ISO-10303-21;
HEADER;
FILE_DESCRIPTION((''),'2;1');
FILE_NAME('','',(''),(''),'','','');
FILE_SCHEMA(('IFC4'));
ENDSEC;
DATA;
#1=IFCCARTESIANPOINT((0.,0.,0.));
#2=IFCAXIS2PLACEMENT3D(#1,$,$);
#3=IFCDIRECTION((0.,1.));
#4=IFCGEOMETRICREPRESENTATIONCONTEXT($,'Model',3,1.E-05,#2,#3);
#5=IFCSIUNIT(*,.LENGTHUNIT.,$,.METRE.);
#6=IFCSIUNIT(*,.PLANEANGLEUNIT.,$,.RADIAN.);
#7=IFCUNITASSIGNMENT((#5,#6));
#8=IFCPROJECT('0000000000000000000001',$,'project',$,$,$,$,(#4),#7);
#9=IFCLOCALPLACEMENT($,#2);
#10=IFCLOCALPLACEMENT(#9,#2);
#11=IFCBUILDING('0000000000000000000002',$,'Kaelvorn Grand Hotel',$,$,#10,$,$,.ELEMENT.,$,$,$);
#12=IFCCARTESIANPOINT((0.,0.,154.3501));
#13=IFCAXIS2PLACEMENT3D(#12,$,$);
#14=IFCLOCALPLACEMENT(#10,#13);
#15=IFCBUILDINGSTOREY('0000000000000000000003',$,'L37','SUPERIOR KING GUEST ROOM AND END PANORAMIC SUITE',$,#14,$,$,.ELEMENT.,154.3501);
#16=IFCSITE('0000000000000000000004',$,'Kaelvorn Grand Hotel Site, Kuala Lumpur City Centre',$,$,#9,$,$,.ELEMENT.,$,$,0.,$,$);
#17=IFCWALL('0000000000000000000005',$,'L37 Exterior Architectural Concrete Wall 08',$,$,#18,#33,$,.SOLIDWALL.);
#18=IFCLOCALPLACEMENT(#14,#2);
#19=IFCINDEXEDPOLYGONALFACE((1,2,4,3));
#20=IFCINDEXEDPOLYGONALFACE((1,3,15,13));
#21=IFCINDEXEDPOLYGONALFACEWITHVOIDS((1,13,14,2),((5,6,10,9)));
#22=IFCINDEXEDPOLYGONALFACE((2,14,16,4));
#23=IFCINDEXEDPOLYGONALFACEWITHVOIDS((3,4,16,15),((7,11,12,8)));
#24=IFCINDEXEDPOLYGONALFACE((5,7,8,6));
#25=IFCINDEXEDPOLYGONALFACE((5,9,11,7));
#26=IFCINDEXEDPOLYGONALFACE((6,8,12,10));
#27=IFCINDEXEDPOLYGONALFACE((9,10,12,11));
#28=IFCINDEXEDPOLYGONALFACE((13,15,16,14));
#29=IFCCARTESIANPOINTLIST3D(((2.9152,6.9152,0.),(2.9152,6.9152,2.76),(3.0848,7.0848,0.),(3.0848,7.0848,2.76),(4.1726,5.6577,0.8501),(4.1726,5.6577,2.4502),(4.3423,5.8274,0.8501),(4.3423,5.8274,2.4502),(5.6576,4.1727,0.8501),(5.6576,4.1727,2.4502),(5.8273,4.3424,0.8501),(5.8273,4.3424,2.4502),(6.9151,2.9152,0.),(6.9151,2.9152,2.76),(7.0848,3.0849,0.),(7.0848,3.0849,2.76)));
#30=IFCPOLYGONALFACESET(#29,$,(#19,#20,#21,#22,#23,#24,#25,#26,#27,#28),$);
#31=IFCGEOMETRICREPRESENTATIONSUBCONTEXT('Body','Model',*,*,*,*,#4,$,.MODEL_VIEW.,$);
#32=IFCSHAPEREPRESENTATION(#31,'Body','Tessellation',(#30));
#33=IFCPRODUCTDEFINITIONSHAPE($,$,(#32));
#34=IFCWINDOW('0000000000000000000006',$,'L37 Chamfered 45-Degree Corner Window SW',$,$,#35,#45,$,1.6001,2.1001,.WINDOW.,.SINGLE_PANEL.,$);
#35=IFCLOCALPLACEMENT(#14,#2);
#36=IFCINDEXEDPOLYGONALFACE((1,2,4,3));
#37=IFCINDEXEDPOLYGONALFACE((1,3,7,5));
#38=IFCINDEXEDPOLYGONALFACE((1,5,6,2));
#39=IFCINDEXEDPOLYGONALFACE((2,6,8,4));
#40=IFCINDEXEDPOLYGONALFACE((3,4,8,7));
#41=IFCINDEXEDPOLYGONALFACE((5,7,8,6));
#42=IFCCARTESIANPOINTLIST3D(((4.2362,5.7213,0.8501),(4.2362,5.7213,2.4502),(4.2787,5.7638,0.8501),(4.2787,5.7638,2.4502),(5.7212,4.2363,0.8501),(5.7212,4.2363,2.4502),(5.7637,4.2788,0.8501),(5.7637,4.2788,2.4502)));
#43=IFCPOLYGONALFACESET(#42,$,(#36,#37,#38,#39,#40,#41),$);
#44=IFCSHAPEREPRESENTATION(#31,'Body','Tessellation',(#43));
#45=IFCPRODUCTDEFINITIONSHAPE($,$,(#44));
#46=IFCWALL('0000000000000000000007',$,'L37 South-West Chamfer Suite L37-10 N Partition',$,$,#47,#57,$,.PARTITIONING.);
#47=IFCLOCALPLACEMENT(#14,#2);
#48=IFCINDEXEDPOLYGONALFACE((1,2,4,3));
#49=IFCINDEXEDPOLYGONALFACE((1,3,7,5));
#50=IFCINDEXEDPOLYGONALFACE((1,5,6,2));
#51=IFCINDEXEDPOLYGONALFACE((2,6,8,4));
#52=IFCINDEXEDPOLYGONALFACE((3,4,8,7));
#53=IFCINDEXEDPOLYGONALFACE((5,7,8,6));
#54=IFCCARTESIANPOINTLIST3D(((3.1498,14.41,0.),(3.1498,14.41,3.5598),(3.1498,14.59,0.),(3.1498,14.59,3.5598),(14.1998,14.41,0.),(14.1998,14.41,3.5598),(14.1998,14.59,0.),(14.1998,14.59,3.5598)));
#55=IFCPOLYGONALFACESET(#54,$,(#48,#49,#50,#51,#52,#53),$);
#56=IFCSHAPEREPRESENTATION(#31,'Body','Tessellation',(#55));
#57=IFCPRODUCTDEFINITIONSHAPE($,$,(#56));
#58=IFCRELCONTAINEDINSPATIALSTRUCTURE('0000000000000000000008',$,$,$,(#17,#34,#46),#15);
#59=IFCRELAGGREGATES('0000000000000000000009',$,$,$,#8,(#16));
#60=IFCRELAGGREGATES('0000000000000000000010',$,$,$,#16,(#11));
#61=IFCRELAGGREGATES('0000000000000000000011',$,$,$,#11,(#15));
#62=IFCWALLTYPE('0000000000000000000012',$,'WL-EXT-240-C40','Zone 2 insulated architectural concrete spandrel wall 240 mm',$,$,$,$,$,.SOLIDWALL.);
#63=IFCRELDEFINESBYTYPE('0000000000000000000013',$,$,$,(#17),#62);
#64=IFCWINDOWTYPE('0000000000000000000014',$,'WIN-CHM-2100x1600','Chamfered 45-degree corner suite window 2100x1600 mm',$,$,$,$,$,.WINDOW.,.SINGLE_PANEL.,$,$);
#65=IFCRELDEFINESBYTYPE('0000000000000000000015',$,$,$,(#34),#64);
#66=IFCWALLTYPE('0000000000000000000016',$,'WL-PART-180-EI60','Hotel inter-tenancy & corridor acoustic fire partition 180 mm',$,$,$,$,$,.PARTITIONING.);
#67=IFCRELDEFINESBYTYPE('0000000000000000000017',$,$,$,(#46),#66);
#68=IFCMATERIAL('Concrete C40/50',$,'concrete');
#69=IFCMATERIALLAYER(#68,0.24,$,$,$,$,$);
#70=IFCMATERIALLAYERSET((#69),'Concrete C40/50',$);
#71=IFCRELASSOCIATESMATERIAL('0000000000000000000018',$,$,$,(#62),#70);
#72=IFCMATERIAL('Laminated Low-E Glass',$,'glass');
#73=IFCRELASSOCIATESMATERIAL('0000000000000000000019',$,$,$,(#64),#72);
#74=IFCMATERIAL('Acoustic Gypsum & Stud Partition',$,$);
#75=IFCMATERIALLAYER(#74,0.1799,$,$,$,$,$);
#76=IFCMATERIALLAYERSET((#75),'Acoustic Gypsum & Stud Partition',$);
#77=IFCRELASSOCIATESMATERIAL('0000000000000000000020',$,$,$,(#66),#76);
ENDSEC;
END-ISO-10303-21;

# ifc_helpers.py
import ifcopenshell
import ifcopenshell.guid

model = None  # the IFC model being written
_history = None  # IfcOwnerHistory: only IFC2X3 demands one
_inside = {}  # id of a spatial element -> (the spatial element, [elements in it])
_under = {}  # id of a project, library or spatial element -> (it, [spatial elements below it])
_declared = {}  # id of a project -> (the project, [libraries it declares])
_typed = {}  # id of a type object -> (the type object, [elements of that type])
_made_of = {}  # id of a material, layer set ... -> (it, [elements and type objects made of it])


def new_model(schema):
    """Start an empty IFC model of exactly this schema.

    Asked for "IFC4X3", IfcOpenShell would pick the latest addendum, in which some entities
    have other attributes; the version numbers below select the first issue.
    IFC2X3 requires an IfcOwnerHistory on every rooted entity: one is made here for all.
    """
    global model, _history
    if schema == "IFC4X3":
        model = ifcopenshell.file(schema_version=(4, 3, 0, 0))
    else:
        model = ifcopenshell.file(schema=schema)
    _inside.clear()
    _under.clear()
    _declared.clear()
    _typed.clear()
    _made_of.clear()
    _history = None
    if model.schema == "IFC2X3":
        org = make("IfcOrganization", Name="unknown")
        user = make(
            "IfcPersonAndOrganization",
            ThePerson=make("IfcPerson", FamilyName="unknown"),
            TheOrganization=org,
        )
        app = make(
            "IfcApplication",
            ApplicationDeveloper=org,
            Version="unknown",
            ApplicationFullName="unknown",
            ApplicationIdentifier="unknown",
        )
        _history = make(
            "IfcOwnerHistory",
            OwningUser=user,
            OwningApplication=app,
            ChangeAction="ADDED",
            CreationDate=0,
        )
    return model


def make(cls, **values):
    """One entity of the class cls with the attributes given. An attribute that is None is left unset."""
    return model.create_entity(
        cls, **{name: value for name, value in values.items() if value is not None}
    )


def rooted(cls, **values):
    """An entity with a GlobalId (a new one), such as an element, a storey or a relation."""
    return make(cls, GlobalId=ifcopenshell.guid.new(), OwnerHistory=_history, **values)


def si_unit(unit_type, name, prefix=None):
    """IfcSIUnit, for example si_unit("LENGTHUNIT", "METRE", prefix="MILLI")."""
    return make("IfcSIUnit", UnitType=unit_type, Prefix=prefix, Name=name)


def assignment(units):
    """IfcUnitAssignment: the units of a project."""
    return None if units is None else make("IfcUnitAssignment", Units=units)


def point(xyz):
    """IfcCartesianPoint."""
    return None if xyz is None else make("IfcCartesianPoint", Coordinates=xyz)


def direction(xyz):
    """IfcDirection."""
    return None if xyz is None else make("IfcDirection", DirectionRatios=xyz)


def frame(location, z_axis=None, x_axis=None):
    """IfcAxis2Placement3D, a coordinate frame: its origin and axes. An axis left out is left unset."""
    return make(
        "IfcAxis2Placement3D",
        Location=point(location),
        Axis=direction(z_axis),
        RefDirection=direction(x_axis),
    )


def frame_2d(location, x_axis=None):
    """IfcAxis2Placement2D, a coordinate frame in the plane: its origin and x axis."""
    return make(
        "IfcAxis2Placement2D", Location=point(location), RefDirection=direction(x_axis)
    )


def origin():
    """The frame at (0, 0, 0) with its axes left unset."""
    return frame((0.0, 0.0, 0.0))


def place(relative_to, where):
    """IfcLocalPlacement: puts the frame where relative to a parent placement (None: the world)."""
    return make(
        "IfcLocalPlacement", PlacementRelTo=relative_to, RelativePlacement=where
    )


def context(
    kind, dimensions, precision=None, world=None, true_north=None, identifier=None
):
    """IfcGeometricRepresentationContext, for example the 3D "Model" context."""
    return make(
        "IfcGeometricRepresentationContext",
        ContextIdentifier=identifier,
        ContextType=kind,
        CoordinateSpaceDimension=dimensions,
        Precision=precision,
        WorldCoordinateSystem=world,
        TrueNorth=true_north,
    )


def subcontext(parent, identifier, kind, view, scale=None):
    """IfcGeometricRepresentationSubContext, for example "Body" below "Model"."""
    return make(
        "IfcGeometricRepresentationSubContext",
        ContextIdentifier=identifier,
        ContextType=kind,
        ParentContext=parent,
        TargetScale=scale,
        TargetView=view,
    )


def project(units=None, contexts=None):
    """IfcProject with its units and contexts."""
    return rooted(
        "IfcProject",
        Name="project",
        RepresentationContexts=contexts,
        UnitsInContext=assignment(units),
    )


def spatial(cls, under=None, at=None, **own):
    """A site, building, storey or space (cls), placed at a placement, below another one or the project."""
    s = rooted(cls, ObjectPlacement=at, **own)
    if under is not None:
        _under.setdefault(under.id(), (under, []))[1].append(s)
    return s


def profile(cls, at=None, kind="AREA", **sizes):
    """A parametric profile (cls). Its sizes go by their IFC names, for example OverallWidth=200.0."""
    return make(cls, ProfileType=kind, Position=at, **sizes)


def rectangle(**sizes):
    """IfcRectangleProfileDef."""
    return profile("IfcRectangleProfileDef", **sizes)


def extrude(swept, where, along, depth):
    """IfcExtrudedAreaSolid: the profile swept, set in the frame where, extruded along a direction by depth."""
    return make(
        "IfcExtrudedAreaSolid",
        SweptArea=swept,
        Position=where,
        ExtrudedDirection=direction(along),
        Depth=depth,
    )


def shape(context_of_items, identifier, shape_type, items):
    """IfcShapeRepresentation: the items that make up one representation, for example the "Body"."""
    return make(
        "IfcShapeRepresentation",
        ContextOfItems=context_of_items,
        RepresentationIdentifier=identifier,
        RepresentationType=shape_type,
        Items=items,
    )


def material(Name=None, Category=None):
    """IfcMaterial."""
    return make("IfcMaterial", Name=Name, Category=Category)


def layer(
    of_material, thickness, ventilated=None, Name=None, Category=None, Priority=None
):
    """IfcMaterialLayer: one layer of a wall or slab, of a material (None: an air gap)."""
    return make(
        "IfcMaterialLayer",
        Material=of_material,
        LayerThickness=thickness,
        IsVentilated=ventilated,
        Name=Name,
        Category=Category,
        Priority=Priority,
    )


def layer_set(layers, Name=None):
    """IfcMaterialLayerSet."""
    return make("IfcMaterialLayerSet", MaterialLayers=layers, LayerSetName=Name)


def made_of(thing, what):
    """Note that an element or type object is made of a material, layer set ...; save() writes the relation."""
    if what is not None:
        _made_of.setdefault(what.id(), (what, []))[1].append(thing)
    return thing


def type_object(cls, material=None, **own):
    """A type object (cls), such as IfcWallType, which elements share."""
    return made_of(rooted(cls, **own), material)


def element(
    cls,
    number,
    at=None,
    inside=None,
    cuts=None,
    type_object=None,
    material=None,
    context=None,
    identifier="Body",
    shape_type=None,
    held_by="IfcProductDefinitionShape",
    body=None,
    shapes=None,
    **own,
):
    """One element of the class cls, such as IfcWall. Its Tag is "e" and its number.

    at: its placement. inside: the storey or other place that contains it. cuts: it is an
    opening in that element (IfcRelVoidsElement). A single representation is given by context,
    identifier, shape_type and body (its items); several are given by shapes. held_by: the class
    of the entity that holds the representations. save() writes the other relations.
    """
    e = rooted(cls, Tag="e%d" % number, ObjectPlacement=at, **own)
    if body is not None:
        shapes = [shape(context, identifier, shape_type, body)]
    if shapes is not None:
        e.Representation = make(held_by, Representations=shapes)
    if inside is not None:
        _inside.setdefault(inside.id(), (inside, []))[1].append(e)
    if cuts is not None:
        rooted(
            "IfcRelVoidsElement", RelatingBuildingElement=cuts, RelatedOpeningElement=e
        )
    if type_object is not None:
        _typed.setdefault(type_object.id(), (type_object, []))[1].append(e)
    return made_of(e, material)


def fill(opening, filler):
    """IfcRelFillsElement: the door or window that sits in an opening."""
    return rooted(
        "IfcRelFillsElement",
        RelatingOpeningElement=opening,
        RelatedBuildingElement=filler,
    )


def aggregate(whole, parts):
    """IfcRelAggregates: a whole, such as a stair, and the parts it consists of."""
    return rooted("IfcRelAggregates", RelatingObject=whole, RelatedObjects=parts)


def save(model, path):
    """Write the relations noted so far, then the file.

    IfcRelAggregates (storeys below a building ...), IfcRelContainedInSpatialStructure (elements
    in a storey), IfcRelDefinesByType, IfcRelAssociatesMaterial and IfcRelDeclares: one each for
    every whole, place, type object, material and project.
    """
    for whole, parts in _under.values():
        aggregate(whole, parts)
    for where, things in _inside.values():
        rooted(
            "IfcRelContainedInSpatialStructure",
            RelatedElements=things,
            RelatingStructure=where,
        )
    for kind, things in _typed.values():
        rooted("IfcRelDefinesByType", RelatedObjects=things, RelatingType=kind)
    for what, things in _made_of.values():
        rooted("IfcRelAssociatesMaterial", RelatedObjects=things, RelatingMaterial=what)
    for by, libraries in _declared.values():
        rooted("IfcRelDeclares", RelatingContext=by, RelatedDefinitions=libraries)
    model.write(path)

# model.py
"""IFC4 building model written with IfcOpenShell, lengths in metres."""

from ifc_helpers import new_model, si_unit, direction, frame, frame_2d, origin, place, context, subcontext, project, spatial, rectangle, extrude, material, layer, layer_set, type_object, element, fill, save


model = new_model("IFC4")

# Units and contexts
model_context = context("Model", 3, precision=1e-05, world=origin(), true_north=direction((0.0, 1.0)))
body_context = subcontext(model_context, "Body", "Model", "MODEL_VIEW")
ifc_project = project(units=[si_unit("LENGTHUNIT", "METRE"), si_unit("PLANEANGLEUNIT", "RADIAN")], contexts=[model_context])

# Site, building, storey
site_placement = place(None, origin())
site = spatial("IfcSite", under=ifc_project, at=site_placement, Name="Kaelvorn Grand Hotel Site, Kuala Lumpur City Centre", CompositionType="ELEMENT", RefElevation=0.0)
building_placement = place(site_placement, origin())
building = spatial("IfcBuilding", under=site, at=building_placement, Name="Kaelvorn Grand Hotel", CompositionType="ELEMENT")
storey_placement = place(building_placement, frame((0.0, 0.0, 154.3501)))
storey = spatial("IfcBuildingStorey", under=building, at=storey_placement, Name="L37", Description="SUPERIOR KING GUEST ROOM AND END PANORAMIC SUITE", CompositionType="ELEMENT", Elevation=154.3501)

# Wall, opening, window
ifc_material_1 = material(Name="Concrete C40/50", Category="concrete")
ifc_layer_1 = layer(ifc_material_1, 0.24)
ifc_layer_set_1 = layer_set([ifc_layer_1], Name="Concrete C40/50")
wall_type_1 = type_object("IfcWallType", Name="WL-EXT-240-C40", Description="Zone 2 insulated architectural concrete spandrel wall 240 mm", PredefinedType="SOLIDWALL", material=ifc_layer_set_1)
wall_1_placement = place(storey_placement, frame((3.0, 7.0, 0.0), z_axis=(0.0, 0.0, 1.0), x_axis=(0.707107, -0.707107, 0.0)))
wall_1 = element("IfcWall", 1, at=wall_1_placement, inside=storey, type_object=wall_type_1, Name="L37 Exterior Architectural Concrete Wall 08", PredefinedType="SOLIDWALL", context=body_context, shape_type="SweptSolid", body=[
    extrude(rectangle(XDim=5.6567, YDim=0.24, at=frame_2d((2.8284, 0.0))), origin(), (0.0, 0.0, 1.0), 2.76),
])
opening_placement = place(wall_1_placement, frame((1.7783, 0.0, 0.8501)))
opening = element("IfcOpeningElement", 2, at=opening_placement, cuts=wall_1, PredefinedType="OPENING", context=body_context, shape_type="SweptSolid", body=[
    extrude(rectangle(XDim=2.1001, YDim=1.6001, at=frame_2d((1.05, 0.8))), frame((0.0, 0.1299, 0.0), z_axis=(0.0, -1.0, 0.0), x_axis=(1.0, 0.0, 0.0)), (0.0, 0.0, 1.0), 0.26),
])
ifc_material_2 = material(Name="Laminated Low-E Glass", Category="glass")
window_type = type_object("IfcWindowType", Name="WIN-CHM-2100x1600", Description="Chamfered 45-degree corner suite window 2100x1600 mm", PartitioningType="SINGLE_PANEL", PredefinedType="WINDOW", material=ifc_material_2)
window_placement = place(opening_placement, origin())
window = element("IfcWindow", 3, at=window_placement, inside=storey, type_object=window_type, Name="L37 Chamfered 45-Degree Corner Window SW", OverallHeight=1.6001, OverallWidth=2.1001, PartitioningType="SINGLE_PANEL", PredefinedType="WINDOW", context=body_context, shape_type="SweptSolid", body=[
    extrude(rectangle(XDim=2.1001, YDim=1.6001, at=frame_2d((1.05, 0.8))), frame((0.0, 0.03, 0.0), z_axis=(0.0, -1.0, 0.0), x_axis=(1.0, 0.0, 0.0)), (0.0, 0.0, 1.0), 0.0601),
])
fill(opening, window)

# Wall
ifc_material_3 = material(Name="Acoustic Gypsum & Stud Partition")
ifc_layer_2 = layer(ifc_material_3, 0.1799)
ifc_layer_set_2 = layer_set([ifc_layer_2], Name="Acoustic Gypsum & Stud Partition")
wall_type_2 = type_object("IfcWallType", Name="WL-PART-180-EI60", Description="Hotel inter-tenancy & corridor acoustic fire partition 180 mm", PredefinedType="PARTITIONING", material=ifc_layer_set_2)
wall_2_placement = place(storey_placement, frame((3.1499, 14.5, 0.0), z_axis=(0.0, 0.0, 1.0), x_axis=(1.0, 0.0, 0.0)))
element("IfcWall", 4, at=wall_2_placement, inside=storey, type_object=wall_type_2, Name="L37 South-West Chamfer Suite L37-10 N Partition", PredefinedType="PARTITIONING", context=body_context, shape_type="SweptSolid", body=[
    extrude(rectangle(XDim=11.05, YDim=0.1799, at=frame_2d((5.5249, 0.0))), origin(), (0.0, 0.0, 1.0), 3.5598),
])

save(model, "model.ifc")
